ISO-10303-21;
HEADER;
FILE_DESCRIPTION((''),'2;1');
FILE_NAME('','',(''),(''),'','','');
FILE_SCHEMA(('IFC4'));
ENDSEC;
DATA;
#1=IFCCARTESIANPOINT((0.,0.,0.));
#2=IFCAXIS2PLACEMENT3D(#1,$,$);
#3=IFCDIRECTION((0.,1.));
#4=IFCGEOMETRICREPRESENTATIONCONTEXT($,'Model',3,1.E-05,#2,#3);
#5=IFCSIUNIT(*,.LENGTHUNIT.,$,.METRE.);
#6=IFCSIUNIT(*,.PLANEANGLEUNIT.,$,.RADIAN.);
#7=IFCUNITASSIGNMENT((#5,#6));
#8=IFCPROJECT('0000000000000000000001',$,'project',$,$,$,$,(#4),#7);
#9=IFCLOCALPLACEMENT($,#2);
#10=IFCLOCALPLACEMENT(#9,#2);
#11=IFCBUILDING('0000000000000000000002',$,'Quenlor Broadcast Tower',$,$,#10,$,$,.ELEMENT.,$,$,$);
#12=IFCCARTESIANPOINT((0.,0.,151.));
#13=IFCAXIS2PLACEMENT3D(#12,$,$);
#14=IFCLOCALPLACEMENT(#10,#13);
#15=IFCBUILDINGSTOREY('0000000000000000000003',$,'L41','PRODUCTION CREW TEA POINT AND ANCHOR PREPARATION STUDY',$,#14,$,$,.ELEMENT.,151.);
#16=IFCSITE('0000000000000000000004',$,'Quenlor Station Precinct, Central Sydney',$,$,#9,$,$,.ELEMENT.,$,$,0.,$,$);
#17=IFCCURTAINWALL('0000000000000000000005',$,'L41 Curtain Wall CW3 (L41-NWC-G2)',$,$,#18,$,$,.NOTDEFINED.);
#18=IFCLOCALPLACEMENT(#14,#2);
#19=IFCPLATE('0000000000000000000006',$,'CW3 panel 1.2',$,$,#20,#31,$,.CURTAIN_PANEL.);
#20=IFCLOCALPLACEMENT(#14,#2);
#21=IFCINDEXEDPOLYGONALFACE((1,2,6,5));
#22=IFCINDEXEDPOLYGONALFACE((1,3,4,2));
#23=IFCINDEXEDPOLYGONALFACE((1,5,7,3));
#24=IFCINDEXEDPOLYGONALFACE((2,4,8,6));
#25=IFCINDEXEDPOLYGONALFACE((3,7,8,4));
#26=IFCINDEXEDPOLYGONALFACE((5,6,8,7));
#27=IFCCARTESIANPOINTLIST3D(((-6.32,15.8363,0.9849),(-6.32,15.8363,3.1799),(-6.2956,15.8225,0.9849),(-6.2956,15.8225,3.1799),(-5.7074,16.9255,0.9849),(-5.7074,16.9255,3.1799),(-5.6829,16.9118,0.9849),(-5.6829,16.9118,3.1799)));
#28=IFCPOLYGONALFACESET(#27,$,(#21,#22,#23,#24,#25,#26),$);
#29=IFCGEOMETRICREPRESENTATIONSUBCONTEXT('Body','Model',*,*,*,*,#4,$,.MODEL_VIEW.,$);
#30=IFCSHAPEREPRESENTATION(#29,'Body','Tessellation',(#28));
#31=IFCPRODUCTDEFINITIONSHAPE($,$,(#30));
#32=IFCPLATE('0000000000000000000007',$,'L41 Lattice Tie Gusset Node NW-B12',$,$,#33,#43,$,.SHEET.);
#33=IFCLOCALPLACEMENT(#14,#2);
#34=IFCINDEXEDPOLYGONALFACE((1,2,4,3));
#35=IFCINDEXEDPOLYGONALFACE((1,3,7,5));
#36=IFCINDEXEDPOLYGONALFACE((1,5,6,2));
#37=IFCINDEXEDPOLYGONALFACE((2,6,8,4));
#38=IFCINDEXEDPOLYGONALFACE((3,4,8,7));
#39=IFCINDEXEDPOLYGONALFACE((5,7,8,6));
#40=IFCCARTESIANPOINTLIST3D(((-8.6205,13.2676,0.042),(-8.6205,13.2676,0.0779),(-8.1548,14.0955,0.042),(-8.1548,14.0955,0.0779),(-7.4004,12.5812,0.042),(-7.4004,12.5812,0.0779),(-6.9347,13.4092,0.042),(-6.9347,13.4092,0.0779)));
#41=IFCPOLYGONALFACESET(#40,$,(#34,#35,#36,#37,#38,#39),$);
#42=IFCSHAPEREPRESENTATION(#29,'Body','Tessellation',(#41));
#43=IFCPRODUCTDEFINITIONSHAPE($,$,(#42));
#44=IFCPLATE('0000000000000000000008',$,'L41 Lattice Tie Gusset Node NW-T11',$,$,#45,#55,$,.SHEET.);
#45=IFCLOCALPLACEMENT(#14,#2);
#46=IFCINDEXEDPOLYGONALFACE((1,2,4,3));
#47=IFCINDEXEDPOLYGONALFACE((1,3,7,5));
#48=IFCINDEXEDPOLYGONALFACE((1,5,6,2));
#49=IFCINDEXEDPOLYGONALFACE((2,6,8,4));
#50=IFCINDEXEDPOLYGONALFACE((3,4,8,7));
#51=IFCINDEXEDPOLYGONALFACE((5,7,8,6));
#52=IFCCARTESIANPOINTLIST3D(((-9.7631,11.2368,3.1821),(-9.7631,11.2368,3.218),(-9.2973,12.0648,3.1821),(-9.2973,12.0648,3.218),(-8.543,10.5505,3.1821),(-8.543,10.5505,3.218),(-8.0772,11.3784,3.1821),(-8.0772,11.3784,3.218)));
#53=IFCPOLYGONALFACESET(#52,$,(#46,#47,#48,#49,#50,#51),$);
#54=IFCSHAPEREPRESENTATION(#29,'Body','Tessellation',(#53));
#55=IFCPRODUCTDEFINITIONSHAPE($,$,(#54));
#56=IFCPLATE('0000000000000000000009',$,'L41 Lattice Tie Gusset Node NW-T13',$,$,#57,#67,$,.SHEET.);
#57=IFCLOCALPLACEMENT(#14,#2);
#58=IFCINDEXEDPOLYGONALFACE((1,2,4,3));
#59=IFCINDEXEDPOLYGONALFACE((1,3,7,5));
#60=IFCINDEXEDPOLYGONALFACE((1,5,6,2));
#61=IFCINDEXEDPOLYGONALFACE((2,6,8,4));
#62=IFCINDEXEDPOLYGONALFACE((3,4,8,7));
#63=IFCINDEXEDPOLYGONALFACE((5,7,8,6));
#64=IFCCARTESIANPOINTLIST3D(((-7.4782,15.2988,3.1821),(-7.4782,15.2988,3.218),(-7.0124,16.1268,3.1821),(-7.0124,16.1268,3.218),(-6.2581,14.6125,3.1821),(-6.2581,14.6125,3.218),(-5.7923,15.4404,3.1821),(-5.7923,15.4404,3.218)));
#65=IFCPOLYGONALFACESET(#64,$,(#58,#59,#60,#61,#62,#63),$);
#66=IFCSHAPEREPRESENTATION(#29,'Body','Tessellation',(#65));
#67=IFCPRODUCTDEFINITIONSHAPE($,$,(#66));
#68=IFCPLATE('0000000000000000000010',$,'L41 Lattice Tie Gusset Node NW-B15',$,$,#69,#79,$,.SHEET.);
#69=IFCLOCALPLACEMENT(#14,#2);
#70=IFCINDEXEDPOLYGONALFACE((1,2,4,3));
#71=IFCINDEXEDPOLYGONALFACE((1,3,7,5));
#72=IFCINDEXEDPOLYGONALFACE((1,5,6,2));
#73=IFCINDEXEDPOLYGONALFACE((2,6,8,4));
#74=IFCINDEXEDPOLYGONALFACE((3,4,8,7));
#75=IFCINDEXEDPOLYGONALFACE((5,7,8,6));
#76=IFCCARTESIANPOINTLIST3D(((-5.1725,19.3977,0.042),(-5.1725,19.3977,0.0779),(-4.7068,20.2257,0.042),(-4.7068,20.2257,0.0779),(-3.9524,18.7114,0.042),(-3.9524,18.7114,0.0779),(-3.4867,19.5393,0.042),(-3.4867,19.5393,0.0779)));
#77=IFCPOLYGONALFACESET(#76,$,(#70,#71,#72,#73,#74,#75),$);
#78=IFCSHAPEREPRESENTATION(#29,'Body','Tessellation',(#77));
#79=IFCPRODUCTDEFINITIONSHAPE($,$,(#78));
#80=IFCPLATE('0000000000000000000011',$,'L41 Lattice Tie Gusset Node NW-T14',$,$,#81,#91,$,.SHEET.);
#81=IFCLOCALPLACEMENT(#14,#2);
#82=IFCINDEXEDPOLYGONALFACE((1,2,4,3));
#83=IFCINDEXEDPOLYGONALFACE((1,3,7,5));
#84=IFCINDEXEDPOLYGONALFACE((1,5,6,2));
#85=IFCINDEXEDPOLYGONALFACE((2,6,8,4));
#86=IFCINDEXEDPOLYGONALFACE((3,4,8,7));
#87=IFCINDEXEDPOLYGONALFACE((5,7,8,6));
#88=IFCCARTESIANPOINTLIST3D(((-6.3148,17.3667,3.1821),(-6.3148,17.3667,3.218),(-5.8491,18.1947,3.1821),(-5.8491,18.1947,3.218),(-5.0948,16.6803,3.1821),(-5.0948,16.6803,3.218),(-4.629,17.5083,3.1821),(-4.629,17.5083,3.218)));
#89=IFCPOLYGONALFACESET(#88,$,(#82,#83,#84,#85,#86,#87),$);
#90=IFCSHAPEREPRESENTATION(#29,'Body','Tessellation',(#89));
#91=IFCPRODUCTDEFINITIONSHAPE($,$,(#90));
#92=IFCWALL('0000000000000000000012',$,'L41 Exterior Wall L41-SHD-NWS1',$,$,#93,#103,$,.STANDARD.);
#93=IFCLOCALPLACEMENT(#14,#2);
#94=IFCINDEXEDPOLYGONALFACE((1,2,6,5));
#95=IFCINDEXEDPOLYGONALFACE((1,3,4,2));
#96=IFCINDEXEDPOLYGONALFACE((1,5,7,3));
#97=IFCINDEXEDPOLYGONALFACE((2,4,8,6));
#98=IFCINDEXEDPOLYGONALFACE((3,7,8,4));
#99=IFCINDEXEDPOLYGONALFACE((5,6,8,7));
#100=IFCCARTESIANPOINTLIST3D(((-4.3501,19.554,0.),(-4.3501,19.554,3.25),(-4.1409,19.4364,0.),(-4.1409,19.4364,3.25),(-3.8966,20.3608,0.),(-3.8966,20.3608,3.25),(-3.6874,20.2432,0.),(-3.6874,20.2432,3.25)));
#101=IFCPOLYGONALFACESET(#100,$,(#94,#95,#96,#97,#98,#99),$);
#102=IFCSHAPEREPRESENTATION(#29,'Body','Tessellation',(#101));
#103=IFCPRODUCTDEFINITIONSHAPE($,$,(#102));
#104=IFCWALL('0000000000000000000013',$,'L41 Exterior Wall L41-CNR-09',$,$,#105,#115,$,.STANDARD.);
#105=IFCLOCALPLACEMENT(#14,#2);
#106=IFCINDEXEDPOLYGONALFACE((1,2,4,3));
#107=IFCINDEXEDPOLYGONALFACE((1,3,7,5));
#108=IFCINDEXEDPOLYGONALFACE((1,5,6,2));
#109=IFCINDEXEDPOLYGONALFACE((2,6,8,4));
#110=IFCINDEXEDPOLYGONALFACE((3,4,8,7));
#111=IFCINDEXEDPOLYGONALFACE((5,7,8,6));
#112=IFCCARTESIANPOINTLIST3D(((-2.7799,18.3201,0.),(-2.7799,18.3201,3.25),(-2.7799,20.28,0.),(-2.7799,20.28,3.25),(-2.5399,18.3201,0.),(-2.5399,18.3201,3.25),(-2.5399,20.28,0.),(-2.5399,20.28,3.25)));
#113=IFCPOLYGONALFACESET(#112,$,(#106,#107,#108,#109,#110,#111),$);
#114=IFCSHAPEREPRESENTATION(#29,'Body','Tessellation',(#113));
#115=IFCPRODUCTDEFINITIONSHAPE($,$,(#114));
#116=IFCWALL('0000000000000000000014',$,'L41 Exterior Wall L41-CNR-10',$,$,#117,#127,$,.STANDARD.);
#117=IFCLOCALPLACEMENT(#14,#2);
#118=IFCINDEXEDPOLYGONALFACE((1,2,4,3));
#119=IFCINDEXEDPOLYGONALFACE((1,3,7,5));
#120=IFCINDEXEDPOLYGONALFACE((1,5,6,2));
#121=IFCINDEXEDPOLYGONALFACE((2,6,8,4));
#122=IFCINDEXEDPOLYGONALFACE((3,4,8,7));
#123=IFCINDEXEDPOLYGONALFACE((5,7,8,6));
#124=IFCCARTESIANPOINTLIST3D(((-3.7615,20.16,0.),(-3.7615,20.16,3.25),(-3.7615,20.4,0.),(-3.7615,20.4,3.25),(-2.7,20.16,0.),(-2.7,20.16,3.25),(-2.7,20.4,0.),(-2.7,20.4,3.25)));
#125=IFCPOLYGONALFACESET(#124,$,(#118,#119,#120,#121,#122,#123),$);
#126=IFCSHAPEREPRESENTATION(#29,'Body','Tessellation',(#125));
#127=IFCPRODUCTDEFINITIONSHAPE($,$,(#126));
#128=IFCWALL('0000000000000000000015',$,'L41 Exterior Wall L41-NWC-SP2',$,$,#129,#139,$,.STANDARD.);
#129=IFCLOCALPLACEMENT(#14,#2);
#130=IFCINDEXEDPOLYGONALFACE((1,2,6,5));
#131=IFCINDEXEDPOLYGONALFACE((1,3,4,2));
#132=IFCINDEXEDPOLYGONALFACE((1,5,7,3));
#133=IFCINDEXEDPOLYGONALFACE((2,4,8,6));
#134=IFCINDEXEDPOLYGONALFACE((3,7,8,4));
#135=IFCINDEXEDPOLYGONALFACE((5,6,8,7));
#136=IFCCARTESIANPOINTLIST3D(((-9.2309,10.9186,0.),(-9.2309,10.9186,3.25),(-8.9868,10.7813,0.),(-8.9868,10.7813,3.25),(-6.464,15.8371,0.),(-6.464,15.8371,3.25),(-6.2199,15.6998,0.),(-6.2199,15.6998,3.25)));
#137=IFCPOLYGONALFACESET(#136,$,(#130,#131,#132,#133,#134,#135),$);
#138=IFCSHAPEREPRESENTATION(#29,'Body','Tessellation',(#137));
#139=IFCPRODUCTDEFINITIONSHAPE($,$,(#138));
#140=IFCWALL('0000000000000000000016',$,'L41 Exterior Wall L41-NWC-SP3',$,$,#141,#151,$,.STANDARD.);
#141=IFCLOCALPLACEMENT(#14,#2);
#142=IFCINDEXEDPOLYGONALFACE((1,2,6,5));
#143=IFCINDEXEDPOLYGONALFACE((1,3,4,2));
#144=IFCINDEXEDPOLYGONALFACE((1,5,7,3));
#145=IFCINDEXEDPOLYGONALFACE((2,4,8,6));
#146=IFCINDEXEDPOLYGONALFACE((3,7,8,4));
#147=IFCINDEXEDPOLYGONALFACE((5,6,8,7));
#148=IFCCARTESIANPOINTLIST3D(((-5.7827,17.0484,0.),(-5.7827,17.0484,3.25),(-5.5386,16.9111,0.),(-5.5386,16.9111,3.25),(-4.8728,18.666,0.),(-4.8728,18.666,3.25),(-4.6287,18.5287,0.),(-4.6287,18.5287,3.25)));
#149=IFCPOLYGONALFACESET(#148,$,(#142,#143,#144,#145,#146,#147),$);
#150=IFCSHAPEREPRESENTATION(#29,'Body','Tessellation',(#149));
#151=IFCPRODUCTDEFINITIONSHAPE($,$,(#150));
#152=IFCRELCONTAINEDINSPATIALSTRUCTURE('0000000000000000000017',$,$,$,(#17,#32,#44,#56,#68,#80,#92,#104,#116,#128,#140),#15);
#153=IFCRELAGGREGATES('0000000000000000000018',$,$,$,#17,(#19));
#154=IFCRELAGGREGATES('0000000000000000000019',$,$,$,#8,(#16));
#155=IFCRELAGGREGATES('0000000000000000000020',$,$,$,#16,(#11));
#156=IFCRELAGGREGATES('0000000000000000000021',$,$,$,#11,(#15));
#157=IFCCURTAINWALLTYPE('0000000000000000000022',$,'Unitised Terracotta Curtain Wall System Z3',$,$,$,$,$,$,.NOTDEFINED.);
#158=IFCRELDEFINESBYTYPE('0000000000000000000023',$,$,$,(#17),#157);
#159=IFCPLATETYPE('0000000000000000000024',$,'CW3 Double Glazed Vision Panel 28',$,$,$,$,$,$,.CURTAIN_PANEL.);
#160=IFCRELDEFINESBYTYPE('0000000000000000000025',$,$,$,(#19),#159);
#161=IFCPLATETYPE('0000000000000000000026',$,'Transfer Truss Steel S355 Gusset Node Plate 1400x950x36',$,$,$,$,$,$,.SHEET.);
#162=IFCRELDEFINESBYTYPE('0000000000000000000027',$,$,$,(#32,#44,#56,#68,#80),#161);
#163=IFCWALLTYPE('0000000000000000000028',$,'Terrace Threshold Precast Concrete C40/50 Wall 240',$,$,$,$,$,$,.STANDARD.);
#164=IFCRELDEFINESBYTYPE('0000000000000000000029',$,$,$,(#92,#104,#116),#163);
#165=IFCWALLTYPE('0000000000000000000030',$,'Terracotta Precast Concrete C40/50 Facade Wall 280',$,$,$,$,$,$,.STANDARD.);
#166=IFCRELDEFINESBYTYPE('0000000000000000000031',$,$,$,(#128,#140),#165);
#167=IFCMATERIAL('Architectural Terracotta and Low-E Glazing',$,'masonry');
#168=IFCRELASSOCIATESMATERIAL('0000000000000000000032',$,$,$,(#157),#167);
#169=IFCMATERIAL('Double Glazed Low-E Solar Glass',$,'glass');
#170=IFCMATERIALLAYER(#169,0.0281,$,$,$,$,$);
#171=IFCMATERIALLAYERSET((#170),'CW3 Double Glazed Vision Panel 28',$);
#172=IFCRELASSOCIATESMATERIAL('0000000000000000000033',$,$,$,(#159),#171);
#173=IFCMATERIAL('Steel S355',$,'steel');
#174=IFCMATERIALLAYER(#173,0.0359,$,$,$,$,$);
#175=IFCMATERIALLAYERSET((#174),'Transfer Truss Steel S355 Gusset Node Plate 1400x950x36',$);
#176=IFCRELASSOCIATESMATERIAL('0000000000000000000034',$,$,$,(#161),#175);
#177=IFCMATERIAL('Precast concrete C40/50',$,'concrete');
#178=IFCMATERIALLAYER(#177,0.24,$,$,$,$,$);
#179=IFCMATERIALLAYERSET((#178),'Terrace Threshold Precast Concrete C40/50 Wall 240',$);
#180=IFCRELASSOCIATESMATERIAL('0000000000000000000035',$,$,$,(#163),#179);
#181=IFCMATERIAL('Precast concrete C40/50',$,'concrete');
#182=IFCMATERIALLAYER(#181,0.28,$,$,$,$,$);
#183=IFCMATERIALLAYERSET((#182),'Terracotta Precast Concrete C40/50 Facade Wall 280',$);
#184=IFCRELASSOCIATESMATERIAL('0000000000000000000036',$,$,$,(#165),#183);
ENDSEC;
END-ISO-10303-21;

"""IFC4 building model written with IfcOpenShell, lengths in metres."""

from ifc_helpers import new_model, si_unit, direction, frame, frame_2d, origin, origin_2d, place, context, subcontext, project, spatial, rectangle, extrude, material, layer, layer_set, type_object, element, aggregate, save


model = new_model("IFC4")

# Units and contexts
model_context = context("Model", 3, precision=1e-05, world=origin(), true_north=direction((0.0, 1.0)))
body_context = subcontext(model_context, "Body", "Model", "MODEL_VIEW")
ifc_project = project(units=[si_unit("LENGTHUNIT", "METRE"), si_unit("PLANEANGLEUNIT", "RADIAN")], contexts=[model_context])

# Site, building, storey
site_placement = place(None, origin())
site = spatial("IfcSite", under=ifc_project, at=site_placement, Name="Quenlor Station Precinct, Central Sydney", CompositionType="ELEMENT", RefElevation=0.0)
building_placement = place(site_placement, origin())
building = spatial("IfcBuilding", under=site, at=building_placement, Name="Quenlor Broadcast Tower", CompositionType="ELEMENT")
storey_placement = place(building_placement, frame((0.0, 0.0, 151.0)))
storey = spatial("IfcBuildingStorey", under=building, at=storey_placement, Name="L41", Description="PRODUCTION CREW TEA POINT AND ANCHOR PREPARATION STUDY", CompositionType="ELEMENT", Elevation=151.0)

# Shared definitions
ifc_material_1 = material(Name="Architectural Terracotta and Low-E Glazing", Category="masonry")
curtain_wall_type = type_object("IfcCurtainWallType", Name="Unitised Terracotta Curtain Wall System Z3", PredefinedType="NOTDEFINED", material=ifc_material_1)

# Curtain wall
curtain_wall_1_placement = place(storey_placement, origin())
curtain_wall_1 = element("IfcCurtainWall", 1, at=curtain_wall_1_placement, inside=storey, type_object=curtain_wall_type, Name="L41 Curtain Wall CW3 (L41-NWC-G2)", PredefinedType="NOTDEFINED")

# Plate
ifc_material_2 = material(Name="Double Glazed Low-E Solar Glass", Category="glass")
ifc_layer_1 = layer(ifc_material_2, 0.0281)
ifc_layer_set_1 = layer_set([ifc_layer_1], Name="CW3 Double Glazed Vision Panel 28")
plate_type_1 = type_object("IfcPlateType", Name="CW3 Double Glazed Vision Panel 28", PredefinedType="CURTAIN_PANEL", material=ifc_layer_set_1)
plate_1_placement = place(storey_placement, frame((-6.0015, 16.374, 0.9849), z_axis=(0.0, 0.0, 1.0), x_axis=(0.49023, 0.871593, 0.0)))
plate_1 = element("IfcPlate", 2, at=plate_1_placement, type_object=plate_type_1, Name="CW3 panel 1.2", PredefinedType="CURTAIN_PANEL", context=body_context, shape_type="SweptSolid", body=[
    extrude(rectangle(XDim=1.2498, YDim=0.0281, at=origin_2d()), origin(), (0.0, 0.0, 1.0), 2.1951),
])
aggregate(curtain_wall_1, [plate_1])

# Plates
ifc_material_3 = material(Name="Steel S355", Category="steel")
ifc_layer_2 = layer(ifc_material_3, 0.0359)
ifc_layer_set_2 = layer_set([ifc_layer_2], Name="Transfer Truss Steel S355 Gusset Node Plate 1400x950x36")
plate_type_2 = type_object("IfcPlateType", Name="Transfer Truss Steel S355 Gusset Node Plate 1400x950x36", PredefinedType="SHEET", material=ifc_layer_set_2)
for number, where, z_axis, x_axis, name in (
    (3, (-7.7776, 13.3384, 0.042), (0.0, 0.0, 1.0), (-0.871556, 0.490295, 0.0), "L41 Lattice Tie Gusset Node NW-B12"),
    (4, (-8.9202, 11.3076, 3.1821), (0.0, 0.0, 1.0), (-0.871556, 0.490295, 0.0), "L41 Lattice Tie Gusset Node NW-T11"),
    (5, (-6.6353, 15.3696, 3.1821), (0.0, 0.0, 1.0), (-0.871556, 0.490295, 0.0), "L41 Lattice Tie Gusset Node NW-T13"),
    (6, (-4.3296, 19.4685, 0.042), (0.0, 0.0, 1.0), (-0.871556, 0.490295, 0.0), "L41 Lattice Tie Gusset Node NW-B15"),
    (7, (-5.4719, 17.4375, 3.1821), (0.0, 0.0, 1.0), (-0.871556, 0.490295, 0.0), "L41 Lattice Tie Gusset Node NW-T14"),
):
    element("IfcPlate", number, at=place(storey_placement, frame(where, z_axis=z_axis, x_axis=x_axis)), inside=storey, type_object=plate_type_2, Name=name, PredefinedType="SHEET", context=body_context, shape_type="SweptSolid", body=[
        extrude(rectangle(XDim=1.3999, YDim=0.95, at=origin_2d()), origin(), (0.0, 0.0, 1.0), 0.0359),
    ])

# Walls
ifc_material_4 = material(Name="Precast concrete C40/50", Category="concrete")
ifc_layer_3 = layer(ifc_material_4, 0.24)
ifc_layer_set_3 = layer_set([ifc_layer_3], Name="Terrace Threshold Precast Concrete C40/50 Wall 240")
wall_type_1 = type_object("IfcWallType", Name="Terrace Threshold Precast Concrete C40/50 Wall 240", PredefinedType="STANDARD", material=ifc_layer_set_3)
wall_1_placement = place(storey_placement, frame((-4.2456, 19.4951, 0.0), z_axis=(0.0, 0.0, 1.0), x_axis=(0.490048, 0.871695, 0.0)))
element("IfcWall", 8, at=wall_1_placement, inside=storey, type_object=wall_type_1, Name="L41 Exterior Wall L41-SHD-NWS1", PredefinedType="STANDARD", context=body_context, shape_type="SweptSolid", body=[
    extrude(rectangle(XDim=0.9255, YDim=0.24, at=frame_2d((0.4629, 0.0))), origin(), (0.0, 0.0, 1.0), 3.25),
])
wall_2_placement = place(storey_placement, frame((-2.6599, 18.3201, 0.0), z_axis=(0.0, 0.0, 1.0), x_axis=(0.0, 1.0, 0.0)))
element("IfcWall", 9, at=wall_2_placement, inside=storey, type_object=wall_type_1, Name="L41 Exterior Wall L41-CNR-09", PredefinedType="STANDARD", context=body_context, shape_type="SweptSolid", body=[
    extrude(rectangle(XDim=1.96, YDim=0.24, at=frame_2d((0.98, 0.0))), origin(), (0.0, 0.0, 1.0), 3.25),
])
wall_3_placement = place(storey_placement, frame((-2.7, 20.28, 0.0), z_axis=(0.0, 0.0, 1.0), x_axis=(-1.0, 0.0, 0.0)))
element("IfcWall", 10, at=wall_3_placement, inside=storey, type_object=wall_type_1, Name="L41 Exterior Wall L41-CNR-10", PredefinedType="STANDARD", context=body_context, shape_type="SweptSolid", body=[
    extrude(rectangle(XDim=1.0615, YDim=0.24, at=frame_2d((0.5308, 0.0))), origin(), (0.0, 0.0, 1.0), 3.25),
])
ifc_material_5 = material(Name="Precast concrete C40/50", Category="concrete")
ifc_layer_4 = layer(ifc_material_5, 0.28)
ifc_layer_set_4 = layer_set([ifc_layer_4], Name="Terracotta Precast Concrete C40/50 Facade Wall 280")
wall_type_2 = type_object("IfcWallType", Name="Terracotta Precast Concrete C40/50 Facade Wall 280", PredefinedType="STANDARD", material=ifc_layer_set_4)
wall_4_placement = place(storey_placement, frame((-9.1089, 10.8499, 0.0), z_axis=(0.0, 0.0, 1.0), x_axis=(0.49029, 0.871559, 0.0)))
element("IfcWall", 11, at=wall_4_placement, inside=storey, type_object=wall_type_2, Name="L41 Exterior Wall L41-NWC-SP2", PredefinedType="STANDARD", context=body_context, shape_type="SweptSolid", body=[
    extrude(rectangle(XDim=5.6433, YDim=0.28, at=frame_2d((2.8218, 0.0))), origin(), (0.0, 0.0, 1.0), 3.25),
])
wall_5_placement = place(storey_placement, frame((-5.6606, 16.9797, 0.0), z_axis=(0.0, 0.0, 1.0), x_axis=(0.490249, 0.871583, 0.0)))
element("IfcWall", 12, at=wall_5_placement, inside=storey, type_object=wall_type_2, Name="L41 Exterior Wall L41-NWC-SP3", PredefinedType="STANDARD", context=body_context, shape_type="SweptSolid", body=[
    extrude(rectangle(XDim=1.856, YDim=0.28, at=frame_2d((0.928, 0.0))), origin(), (0.0, 0.0, 1.0), 3.25),
])

save(model, "model.ifc")
